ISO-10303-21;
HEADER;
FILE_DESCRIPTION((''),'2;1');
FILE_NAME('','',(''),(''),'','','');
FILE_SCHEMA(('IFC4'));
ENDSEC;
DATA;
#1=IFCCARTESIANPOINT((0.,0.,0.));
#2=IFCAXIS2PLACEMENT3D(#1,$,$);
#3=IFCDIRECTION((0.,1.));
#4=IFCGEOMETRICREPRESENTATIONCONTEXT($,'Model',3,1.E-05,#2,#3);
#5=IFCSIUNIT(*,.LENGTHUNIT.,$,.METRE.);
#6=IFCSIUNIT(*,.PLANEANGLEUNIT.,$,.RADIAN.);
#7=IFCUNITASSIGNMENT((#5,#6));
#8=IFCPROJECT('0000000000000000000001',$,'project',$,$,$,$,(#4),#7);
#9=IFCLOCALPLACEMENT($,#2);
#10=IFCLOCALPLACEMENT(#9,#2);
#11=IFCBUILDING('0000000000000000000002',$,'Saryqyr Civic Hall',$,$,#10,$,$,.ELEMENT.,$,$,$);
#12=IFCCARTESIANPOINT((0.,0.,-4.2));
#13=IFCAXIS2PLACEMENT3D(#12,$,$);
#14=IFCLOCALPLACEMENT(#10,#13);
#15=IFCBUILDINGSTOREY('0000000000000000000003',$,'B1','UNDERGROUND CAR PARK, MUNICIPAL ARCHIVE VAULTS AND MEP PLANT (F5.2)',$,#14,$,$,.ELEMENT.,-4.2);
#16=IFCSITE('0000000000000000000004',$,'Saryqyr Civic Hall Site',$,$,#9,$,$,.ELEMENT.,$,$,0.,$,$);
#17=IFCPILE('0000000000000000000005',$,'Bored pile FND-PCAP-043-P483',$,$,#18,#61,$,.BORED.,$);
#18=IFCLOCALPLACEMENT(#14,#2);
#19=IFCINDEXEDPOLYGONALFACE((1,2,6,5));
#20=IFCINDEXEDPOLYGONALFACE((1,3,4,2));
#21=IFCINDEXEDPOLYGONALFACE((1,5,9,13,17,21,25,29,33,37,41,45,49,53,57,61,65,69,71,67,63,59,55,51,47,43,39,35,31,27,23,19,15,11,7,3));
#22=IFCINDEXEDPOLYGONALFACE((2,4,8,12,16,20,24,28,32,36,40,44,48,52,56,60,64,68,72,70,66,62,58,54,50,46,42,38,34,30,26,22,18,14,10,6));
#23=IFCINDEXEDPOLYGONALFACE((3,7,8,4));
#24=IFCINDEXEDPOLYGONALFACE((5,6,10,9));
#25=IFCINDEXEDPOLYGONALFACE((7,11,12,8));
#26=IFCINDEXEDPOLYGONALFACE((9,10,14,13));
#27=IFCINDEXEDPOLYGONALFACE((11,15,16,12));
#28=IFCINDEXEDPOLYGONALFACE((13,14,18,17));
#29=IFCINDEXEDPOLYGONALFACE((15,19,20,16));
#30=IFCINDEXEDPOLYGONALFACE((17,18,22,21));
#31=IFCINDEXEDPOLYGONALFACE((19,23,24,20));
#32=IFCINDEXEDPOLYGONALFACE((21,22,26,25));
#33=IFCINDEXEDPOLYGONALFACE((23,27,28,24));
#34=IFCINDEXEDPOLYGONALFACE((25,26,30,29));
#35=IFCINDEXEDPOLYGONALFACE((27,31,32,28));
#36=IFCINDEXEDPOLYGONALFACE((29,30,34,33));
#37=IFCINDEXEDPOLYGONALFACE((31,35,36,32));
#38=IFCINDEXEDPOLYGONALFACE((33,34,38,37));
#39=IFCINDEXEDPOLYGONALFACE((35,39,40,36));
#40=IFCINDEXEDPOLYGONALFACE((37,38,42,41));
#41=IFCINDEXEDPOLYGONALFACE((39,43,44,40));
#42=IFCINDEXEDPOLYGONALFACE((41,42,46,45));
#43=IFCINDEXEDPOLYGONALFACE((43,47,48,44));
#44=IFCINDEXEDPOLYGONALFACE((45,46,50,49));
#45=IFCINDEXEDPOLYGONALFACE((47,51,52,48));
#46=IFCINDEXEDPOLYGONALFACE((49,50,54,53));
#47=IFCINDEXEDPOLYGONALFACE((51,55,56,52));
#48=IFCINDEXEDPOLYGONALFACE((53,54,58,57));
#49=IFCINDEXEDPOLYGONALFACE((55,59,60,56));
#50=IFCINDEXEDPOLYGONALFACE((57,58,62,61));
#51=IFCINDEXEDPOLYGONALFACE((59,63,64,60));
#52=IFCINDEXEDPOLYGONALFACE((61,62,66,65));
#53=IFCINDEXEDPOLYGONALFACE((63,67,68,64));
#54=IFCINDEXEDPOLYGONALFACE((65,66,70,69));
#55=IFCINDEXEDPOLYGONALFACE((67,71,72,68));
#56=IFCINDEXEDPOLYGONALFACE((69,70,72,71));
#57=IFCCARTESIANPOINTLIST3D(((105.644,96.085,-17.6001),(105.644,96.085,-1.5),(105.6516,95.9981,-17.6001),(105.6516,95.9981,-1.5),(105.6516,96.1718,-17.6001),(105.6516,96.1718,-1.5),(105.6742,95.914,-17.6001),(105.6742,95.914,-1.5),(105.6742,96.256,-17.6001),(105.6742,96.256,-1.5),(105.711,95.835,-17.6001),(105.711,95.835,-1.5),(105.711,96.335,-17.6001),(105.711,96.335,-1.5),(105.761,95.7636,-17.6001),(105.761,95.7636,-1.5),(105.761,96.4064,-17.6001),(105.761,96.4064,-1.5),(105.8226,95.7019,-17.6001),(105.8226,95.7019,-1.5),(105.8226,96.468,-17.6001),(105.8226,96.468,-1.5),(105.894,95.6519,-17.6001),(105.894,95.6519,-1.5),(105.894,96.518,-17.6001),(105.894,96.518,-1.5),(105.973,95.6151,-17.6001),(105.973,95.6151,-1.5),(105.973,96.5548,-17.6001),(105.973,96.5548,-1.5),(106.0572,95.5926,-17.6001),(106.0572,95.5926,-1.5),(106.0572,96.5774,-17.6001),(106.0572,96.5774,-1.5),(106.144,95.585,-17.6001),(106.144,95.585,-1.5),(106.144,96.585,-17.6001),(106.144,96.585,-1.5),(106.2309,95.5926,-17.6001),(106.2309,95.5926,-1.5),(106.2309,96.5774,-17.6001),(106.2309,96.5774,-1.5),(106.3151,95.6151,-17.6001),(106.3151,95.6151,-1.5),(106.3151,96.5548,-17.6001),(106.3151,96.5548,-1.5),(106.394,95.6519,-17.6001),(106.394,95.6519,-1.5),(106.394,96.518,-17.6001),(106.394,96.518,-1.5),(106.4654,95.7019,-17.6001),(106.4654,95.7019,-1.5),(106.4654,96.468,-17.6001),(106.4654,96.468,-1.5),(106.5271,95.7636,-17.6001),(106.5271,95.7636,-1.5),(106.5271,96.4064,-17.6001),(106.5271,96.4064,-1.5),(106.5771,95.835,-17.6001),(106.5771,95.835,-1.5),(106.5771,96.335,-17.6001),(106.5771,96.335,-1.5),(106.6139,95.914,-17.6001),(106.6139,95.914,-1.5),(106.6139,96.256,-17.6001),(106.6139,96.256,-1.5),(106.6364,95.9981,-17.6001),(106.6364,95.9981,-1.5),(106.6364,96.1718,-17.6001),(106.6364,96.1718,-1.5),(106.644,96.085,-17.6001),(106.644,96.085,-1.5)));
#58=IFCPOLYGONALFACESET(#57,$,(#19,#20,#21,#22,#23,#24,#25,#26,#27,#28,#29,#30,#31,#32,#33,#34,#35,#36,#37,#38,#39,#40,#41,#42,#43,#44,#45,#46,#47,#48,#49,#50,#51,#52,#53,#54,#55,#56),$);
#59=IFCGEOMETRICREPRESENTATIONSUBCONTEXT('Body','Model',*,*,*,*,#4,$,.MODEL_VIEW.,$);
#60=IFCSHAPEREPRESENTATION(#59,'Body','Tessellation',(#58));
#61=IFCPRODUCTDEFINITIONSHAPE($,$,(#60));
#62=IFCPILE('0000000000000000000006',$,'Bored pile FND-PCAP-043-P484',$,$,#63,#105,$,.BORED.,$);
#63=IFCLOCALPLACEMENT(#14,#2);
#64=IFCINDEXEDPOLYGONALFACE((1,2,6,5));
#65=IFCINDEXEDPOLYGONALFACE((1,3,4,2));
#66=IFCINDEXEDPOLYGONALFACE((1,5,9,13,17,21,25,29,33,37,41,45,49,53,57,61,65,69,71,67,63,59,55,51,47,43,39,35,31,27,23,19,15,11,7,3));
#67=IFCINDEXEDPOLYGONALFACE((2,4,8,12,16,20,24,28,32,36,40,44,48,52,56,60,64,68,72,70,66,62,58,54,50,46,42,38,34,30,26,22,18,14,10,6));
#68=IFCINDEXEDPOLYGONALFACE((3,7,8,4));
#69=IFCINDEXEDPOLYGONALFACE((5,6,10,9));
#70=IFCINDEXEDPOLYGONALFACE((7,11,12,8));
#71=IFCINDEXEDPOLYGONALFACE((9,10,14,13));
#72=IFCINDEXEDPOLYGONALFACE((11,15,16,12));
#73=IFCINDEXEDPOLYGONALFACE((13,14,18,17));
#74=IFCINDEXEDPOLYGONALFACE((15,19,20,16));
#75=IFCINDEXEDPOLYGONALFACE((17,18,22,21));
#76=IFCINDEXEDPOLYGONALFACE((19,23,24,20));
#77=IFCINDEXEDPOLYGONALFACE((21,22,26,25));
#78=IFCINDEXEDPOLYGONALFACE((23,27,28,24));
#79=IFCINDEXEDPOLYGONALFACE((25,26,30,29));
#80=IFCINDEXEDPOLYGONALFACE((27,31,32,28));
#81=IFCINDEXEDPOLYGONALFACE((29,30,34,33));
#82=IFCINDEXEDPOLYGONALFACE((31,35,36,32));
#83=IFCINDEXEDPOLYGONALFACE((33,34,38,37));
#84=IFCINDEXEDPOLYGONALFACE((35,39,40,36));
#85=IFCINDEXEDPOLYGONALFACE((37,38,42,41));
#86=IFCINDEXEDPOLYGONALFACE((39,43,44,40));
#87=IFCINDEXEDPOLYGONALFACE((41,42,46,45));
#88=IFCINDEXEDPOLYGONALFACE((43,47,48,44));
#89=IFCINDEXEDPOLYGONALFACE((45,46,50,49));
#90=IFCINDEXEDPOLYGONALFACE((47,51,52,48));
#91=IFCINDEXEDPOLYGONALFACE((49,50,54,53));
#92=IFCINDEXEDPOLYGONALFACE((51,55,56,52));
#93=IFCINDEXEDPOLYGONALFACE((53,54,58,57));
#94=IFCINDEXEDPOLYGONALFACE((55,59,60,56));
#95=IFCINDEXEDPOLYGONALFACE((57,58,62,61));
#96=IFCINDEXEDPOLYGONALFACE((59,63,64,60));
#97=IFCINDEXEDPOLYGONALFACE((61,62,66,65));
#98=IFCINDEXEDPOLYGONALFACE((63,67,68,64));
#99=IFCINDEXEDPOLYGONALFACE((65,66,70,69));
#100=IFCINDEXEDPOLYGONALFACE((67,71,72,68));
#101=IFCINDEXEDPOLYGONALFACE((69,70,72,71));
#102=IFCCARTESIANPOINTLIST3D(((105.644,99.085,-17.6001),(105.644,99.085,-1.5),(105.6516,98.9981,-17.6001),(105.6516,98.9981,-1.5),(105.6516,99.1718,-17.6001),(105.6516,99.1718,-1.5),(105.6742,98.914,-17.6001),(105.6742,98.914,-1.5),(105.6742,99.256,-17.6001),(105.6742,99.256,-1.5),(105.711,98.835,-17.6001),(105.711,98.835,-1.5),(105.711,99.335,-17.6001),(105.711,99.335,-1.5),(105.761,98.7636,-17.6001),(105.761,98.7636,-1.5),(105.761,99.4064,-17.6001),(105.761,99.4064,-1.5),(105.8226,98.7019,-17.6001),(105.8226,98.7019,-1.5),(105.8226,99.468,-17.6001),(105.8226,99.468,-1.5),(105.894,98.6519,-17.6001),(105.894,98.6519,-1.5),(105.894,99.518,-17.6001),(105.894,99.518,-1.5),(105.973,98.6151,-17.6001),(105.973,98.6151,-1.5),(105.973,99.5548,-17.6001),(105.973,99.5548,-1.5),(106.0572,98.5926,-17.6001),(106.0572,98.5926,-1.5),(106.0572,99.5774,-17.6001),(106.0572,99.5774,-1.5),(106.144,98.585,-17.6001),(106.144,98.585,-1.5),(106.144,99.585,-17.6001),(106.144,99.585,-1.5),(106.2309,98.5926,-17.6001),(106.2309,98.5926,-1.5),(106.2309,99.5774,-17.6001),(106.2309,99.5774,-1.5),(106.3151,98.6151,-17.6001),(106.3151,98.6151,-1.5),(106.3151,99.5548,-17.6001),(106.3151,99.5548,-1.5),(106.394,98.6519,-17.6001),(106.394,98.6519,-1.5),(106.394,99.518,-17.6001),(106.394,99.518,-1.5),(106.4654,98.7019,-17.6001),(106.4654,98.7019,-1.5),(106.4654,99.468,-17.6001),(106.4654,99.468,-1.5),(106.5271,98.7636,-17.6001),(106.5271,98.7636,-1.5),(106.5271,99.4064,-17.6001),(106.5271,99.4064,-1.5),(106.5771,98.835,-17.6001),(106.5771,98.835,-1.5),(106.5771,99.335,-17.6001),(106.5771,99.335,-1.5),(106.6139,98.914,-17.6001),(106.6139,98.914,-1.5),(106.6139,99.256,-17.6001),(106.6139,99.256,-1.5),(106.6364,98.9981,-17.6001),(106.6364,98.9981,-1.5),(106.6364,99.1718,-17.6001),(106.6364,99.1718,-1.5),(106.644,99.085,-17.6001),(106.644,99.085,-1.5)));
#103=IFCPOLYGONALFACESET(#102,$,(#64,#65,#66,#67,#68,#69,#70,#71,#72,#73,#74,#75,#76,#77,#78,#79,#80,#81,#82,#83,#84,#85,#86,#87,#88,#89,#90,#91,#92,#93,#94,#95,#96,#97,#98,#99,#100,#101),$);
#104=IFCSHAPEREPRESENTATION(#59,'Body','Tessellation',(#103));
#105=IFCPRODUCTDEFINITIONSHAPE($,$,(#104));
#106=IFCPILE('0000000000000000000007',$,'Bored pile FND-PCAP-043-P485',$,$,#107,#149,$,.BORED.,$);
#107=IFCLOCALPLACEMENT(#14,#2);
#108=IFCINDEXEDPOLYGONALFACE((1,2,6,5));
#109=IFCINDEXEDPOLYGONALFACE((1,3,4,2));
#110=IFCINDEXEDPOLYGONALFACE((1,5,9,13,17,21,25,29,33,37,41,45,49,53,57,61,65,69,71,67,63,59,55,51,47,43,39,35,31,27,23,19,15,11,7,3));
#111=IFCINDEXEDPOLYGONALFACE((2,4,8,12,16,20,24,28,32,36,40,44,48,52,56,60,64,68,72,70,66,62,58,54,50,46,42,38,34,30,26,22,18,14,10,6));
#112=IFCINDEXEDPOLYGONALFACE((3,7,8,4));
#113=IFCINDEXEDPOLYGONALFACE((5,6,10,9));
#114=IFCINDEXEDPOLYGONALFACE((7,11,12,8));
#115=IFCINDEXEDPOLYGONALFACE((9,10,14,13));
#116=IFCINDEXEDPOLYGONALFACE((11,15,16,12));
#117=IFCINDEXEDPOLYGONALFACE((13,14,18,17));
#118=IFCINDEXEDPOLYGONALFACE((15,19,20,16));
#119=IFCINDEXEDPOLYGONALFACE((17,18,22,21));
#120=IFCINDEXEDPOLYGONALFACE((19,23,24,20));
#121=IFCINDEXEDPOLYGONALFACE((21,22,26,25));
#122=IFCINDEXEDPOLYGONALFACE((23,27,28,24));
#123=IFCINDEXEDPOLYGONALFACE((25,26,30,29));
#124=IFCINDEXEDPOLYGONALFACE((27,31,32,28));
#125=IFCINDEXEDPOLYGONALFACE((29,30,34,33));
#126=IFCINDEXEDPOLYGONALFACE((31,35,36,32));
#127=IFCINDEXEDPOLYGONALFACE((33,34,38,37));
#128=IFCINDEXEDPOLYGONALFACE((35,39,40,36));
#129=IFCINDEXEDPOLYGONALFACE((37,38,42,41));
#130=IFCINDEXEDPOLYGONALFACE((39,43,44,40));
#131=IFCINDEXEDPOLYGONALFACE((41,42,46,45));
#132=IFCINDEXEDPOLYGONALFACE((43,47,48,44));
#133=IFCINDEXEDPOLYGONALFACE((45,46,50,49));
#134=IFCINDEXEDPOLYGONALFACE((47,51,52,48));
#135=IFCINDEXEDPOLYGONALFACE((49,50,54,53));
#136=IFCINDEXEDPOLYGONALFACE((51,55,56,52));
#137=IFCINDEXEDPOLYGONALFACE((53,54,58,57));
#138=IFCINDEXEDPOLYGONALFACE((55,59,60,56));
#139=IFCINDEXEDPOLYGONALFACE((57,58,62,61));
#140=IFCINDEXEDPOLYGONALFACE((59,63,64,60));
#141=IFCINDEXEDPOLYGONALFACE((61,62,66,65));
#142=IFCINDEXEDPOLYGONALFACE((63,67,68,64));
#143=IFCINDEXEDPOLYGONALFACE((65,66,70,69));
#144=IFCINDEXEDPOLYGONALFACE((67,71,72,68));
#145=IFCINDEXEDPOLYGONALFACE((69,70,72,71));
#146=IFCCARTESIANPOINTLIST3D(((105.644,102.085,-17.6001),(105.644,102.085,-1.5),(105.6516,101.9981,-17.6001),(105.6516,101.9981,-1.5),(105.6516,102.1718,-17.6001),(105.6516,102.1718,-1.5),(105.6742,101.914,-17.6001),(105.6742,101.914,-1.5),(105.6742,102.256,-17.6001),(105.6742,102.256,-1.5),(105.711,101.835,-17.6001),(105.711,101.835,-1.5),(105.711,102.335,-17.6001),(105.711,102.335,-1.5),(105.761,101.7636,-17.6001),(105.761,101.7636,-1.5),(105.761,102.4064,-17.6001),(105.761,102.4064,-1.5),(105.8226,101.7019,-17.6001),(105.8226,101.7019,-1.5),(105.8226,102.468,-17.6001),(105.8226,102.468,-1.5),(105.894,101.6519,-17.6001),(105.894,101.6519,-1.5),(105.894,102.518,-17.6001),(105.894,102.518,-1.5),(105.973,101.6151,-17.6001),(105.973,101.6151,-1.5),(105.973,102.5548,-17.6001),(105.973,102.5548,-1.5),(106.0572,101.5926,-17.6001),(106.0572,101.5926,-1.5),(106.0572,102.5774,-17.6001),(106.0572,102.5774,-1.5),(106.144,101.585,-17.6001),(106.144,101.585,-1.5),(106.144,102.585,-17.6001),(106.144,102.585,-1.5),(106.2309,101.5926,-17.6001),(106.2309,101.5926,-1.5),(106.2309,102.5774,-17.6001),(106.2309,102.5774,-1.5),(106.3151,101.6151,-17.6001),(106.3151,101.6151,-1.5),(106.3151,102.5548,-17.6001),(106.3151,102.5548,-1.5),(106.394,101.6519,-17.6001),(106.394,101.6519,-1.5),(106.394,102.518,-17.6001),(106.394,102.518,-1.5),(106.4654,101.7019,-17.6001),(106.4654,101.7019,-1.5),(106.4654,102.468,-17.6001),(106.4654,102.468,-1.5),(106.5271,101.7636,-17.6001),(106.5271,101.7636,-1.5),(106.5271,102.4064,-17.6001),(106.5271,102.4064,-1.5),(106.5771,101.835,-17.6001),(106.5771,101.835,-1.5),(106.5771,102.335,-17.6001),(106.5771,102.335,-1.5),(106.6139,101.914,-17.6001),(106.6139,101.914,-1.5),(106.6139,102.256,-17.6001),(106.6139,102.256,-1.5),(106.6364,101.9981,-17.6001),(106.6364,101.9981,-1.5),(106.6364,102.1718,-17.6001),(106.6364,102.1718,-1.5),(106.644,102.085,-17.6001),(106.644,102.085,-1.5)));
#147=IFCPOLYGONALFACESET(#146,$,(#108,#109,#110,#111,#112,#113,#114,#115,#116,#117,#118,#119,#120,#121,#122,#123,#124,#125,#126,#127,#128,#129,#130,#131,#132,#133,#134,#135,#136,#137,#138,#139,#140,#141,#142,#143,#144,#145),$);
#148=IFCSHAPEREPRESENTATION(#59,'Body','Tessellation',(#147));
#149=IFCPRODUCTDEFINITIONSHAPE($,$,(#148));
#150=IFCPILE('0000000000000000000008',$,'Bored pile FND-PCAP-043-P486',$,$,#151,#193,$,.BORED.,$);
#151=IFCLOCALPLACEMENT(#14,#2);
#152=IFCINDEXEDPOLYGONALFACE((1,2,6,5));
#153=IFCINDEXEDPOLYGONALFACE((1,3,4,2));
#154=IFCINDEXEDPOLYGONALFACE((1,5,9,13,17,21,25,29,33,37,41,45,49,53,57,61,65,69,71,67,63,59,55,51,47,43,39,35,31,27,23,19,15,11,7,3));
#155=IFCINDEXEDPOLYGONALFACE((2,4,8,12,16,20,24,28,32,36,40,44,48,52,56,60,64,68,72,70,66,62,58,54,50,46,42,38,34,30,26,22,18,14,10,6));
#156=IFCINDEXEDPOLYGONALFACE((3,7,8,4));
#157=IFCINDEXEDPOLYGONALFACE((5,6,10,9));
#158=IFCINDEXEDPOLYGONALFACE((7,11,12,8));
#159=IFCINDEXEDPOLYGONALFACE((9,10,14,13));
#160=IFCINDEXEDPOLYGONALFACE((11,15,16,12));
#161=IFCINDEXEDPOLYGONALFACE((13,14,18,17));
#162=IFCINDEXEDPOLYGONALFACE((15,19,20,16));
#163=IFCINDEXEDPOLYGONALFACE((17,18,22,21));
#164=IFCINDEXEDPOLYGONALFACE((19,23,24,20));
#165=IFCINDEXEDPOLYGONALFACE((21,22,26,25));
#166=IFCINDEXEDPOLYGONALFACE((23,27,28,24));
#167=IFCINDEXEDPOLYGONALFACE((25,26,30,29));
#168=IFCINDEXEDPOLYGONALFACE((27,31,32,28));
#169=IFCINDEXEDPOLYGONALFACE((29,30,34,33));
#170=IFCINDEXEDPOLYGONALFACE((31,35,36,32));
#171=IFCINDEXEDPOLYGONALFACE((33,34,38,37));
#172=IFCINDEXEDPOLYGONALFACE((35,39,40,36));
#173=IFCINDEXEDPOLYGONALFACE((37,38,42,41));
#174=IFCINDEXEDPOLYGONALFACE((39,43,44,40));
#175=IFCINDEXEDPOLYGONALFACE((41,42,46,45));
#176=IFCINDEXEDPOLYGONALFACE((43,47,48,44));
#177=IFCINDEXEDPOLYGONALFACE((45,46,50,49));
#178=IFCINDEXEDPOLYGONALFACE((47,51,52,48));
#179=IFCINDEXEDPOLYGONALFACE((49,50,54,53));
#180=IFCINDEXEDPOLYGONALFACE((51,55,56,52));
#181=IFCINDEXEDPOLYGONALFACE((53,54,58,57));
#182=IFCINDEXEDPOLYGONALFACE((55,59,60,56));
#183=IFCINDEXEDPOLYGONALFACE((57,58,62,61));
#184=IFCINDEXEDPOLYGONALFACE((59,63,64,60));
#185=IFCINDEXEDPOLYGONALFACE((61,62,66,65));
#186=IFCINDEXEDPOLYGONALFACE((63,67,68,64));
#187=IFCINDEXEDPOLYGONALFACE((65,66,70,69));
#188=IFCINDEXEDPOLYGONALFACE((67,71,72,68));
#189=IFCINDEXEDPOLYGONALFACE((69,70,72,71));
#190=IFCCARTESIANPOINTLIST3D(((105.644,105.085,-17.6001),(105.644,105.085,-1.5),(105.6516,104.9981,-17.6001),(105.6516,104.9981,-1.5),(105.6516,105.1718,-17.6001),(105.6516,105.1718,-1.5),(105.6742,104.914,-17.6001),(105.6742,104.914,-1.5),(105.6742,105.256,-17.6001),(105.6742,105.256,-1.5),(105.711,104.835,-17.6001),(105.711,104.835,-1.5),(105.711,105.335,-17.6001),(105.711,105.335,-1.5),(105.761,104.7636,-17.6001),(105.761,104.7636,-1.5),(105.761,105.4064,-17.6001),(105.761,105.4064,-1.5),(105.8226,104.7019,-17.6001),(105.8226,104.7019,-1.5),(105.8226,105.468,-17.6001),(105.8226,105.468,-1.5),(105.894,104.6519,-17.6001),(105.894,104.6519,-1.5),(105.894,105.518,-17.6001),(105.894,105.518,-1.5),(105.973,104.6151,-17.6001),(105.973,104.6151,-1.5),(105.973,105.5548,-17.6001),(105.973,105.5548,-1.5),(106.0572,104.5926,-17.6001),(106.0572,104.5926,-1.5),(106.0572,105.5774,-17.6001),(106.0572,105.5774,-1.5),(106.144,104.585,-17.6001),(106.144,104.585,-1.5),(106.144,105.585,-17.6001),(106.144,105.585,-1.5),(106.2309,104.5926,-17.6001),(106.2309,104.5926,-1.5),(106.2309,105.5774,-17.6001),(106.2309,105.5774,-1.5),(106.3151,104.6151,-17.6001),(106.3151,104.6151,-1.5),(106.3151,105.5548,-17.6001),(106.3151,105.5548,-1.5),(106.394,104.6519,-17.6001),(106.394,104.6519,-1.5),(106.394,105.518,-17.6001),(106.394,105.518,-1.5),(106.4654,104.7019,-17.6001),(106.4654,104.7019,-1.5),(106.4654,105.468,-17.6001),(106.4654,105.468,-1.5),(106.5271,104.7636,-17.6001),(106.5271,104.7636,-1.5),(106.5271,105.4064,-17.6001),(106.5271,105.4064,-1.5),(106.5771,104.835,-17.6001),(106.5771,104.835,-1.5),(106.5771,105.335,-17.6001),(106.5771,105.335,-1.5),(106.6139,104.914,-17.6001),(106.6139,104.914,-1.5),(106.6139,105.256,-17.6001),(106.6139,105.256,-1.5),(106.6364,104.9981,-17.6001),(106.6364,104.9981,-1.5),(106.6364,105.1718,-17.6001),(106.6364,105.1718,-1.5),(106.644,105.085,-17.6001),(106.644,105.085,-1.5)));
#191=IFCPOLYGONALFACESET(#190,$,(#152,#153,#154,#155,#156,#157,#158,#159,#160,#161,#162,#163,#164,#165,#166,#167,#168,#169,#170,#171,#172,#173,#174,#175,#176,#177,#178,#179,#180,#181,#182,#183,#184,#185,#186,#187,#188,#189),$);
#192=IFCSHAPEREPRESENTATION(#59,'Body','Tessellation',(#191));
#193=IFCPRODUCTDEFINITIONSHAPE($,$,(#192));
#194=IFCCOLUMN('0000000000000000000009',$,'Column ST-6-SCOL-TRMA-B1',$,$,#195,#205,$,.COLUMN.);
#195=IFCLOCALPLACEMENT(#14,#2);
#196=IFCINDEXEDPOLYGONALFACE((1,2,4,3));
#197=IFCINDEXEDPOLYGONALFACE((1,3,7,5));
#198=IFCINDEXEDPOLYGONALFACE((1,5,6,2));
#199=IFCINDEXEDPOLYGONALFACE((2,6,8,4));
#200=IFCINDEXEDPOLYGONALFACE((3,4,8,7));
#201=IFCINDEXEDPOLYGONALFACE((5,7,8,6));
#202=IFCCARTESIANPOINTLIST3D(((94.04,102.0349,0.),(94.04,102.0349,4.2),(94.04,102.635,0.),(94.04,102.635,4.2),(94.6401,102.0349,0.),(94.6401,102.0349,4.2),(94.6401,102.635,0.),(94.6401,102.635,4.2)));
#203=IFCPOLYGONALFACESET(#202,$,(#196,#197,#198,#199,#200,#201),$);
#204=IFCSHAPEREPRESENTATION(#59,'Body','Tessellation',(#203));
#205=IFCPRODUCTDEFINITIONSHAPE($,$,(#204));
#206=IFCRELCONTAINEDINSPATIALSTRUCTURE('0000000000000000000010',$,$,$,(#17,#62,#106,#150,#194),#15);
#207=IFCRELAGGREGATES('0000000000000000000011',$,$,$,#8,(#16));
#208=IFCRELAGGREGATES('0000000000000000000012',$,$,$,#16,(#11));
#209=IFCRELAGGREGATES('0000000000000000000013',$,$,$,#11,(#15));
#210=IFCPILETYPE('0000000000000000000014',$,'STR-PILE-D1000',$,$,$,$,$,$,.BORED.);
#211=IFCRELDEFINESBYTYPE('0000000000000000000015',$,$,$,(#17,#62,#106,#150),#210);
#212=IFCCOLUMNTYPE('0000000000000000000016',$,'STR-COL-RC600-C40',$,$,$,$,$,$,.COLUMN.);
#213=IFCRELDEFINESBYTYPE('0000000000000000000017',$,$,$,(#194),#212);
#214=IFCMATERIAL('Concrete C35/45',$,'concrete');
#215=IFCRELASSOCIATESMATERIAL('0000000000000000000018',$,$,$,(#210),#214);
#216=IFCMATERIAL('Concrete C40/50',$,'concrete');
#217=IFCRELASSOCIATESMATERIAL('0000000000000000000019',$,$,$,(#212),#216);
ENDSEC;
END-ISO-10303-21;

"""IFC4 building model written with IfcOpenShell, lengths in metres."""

from ifc_helpers import new_model, si_unit, direction, frame, origin, origin_2d, place, context, subcontext, project, spatial, rectangle, circle, extrude, material, material_profile, profile_set, type_object, element, save


model = new_model("IFC4")

# Units and contexts
model_context = context("Model", 3, precision=1e-05, world=origin(), true_north=direction((0.0, 1.0)))
body_context = subcontext(model_context, "Body", "Model", "MODEL_VIEW")
ifc_project = project(units=[si_unit("LENGTHUNIT", "METRE"), si_unit("PLANEANGLEUNIT", "RADIAN")], contexts=[model_context])

# Site, building, storey
site_placement = place(None, origin())
site = spatial("IfcSite", under=ifc_project, at=site_placement, Name="Saryqyr Civic Hall Site", CompositionType="ELEMENT", RefElevation=0.0)
building_placement = place(site_placement, origin())
building = spatial("IfcBuilding", under=site, at=building_placement, Name="Saryqyr Civic Hall", CompositionType="ELEMENT")
storey_placement = place(building_placement, frame((0.0, 0.0, -4.2)))
storey = spatial("IfcBuildingStorey", under=building, at=storey_placement, Name="B1", Description="UNDERGROUND CAR PARK, MUNICIPAL ARCHIVE VAULTS AND MEP PLANT (F5.2)", CompositionType="ELEMENT", Elevation=-4.2)

# Piles
ifc_material_1 = material(Name="Concrete C35/45", Category="concrete")
ifc_material_profile_1 = material_profile(ifc_material_1, circle(Radius=0.5, at=origin_2d()), Name="BORED PILE D1000")
ifc_profile_set_1 = profile_set([ifc_material_profile_1], Name="Concrete C35/45")
pile_type = type_object("IfcPileType", Name="STR-PILE-D1000", PredefinedType="BORED", material=ifc_profile_set_1)
for number, where, z_axis, x_axis, name in (
    (1, (106.144, 96.085, -1.5), (0.0, 0.0, -1.0), (1.0, 0.0, 0.0), "Bored pile FND-PCAP-043-P483"),
    (2, (106.144, 99.085, -1.5), (0.0, 0.0, -1.0), (1.0, 0.0, 0.0), "Bored pile FND-PCAP-043-P484"),
    (3, (106.144, 102.085, -1.5), (0.0, 0.0, -1.0), (1.0, 0.0, 0.0), "Bored pile FND-PCAP-043-P485"),
    (4, (106.144, 105.085, -1.5), (0.0, 0.0, -1.0), (1.0, 0.0, 0.0), "Bored pile FND-PCAP-043-P486"),
):
    element("IfcPile", number, at=place(storey_placement, frame(where, z_axis=z_axis, x_axis=x_axis)), inside=storey, type_object=pile_type, Name=name, PredefinedType="BORED", context=body_context, shape_type="SweptSolid", body=[
        extrude(circle(Radius=0.5, at=origin_2d()), origin(), (0.0, 0.0, 1.0), 16.1001),
    ])

# Column
ifc_material_2 = material(Name="Concrete C40/50", Category="concrete")
ifc_material_profile_2 = material_profile(ifc_material_2, rectangle(XDim=0.6001, YDim=0.6001, at=origin_2d()), Name="RC 600x600")
ifc_profile_set_2 = profile_set([ifc_material_profile_2], Name="Concrete C40/50")
column_type_1 = type_object("IfcColumnType", Name="STR-COL-RC600-C40", PredefinedType="COLUMN", material=ifc_profile_set_2)
column_placement = place(storey_placement, frame((94.3401, 102.335, 0.0), z_axis=(0.0, 0.0, 1.0), x_axis=(1.0, 0.0, 0.0)))
element("IfcColumn", 5, at=column_placement, inside=storey, type_object=column_type_1, Name="Column ST-6-SCOL-TRMA-B1", PredefinedType="COLUMN", context=body_context, shape_type="SweptSolid", body=[
    extrude(rectangle(XDim=0.6001, YDim=0.6001, at=origin_2d()), origin(), (0.0, 0.0, 1.0), 4.2),
])

save(model, "model.ifc")
